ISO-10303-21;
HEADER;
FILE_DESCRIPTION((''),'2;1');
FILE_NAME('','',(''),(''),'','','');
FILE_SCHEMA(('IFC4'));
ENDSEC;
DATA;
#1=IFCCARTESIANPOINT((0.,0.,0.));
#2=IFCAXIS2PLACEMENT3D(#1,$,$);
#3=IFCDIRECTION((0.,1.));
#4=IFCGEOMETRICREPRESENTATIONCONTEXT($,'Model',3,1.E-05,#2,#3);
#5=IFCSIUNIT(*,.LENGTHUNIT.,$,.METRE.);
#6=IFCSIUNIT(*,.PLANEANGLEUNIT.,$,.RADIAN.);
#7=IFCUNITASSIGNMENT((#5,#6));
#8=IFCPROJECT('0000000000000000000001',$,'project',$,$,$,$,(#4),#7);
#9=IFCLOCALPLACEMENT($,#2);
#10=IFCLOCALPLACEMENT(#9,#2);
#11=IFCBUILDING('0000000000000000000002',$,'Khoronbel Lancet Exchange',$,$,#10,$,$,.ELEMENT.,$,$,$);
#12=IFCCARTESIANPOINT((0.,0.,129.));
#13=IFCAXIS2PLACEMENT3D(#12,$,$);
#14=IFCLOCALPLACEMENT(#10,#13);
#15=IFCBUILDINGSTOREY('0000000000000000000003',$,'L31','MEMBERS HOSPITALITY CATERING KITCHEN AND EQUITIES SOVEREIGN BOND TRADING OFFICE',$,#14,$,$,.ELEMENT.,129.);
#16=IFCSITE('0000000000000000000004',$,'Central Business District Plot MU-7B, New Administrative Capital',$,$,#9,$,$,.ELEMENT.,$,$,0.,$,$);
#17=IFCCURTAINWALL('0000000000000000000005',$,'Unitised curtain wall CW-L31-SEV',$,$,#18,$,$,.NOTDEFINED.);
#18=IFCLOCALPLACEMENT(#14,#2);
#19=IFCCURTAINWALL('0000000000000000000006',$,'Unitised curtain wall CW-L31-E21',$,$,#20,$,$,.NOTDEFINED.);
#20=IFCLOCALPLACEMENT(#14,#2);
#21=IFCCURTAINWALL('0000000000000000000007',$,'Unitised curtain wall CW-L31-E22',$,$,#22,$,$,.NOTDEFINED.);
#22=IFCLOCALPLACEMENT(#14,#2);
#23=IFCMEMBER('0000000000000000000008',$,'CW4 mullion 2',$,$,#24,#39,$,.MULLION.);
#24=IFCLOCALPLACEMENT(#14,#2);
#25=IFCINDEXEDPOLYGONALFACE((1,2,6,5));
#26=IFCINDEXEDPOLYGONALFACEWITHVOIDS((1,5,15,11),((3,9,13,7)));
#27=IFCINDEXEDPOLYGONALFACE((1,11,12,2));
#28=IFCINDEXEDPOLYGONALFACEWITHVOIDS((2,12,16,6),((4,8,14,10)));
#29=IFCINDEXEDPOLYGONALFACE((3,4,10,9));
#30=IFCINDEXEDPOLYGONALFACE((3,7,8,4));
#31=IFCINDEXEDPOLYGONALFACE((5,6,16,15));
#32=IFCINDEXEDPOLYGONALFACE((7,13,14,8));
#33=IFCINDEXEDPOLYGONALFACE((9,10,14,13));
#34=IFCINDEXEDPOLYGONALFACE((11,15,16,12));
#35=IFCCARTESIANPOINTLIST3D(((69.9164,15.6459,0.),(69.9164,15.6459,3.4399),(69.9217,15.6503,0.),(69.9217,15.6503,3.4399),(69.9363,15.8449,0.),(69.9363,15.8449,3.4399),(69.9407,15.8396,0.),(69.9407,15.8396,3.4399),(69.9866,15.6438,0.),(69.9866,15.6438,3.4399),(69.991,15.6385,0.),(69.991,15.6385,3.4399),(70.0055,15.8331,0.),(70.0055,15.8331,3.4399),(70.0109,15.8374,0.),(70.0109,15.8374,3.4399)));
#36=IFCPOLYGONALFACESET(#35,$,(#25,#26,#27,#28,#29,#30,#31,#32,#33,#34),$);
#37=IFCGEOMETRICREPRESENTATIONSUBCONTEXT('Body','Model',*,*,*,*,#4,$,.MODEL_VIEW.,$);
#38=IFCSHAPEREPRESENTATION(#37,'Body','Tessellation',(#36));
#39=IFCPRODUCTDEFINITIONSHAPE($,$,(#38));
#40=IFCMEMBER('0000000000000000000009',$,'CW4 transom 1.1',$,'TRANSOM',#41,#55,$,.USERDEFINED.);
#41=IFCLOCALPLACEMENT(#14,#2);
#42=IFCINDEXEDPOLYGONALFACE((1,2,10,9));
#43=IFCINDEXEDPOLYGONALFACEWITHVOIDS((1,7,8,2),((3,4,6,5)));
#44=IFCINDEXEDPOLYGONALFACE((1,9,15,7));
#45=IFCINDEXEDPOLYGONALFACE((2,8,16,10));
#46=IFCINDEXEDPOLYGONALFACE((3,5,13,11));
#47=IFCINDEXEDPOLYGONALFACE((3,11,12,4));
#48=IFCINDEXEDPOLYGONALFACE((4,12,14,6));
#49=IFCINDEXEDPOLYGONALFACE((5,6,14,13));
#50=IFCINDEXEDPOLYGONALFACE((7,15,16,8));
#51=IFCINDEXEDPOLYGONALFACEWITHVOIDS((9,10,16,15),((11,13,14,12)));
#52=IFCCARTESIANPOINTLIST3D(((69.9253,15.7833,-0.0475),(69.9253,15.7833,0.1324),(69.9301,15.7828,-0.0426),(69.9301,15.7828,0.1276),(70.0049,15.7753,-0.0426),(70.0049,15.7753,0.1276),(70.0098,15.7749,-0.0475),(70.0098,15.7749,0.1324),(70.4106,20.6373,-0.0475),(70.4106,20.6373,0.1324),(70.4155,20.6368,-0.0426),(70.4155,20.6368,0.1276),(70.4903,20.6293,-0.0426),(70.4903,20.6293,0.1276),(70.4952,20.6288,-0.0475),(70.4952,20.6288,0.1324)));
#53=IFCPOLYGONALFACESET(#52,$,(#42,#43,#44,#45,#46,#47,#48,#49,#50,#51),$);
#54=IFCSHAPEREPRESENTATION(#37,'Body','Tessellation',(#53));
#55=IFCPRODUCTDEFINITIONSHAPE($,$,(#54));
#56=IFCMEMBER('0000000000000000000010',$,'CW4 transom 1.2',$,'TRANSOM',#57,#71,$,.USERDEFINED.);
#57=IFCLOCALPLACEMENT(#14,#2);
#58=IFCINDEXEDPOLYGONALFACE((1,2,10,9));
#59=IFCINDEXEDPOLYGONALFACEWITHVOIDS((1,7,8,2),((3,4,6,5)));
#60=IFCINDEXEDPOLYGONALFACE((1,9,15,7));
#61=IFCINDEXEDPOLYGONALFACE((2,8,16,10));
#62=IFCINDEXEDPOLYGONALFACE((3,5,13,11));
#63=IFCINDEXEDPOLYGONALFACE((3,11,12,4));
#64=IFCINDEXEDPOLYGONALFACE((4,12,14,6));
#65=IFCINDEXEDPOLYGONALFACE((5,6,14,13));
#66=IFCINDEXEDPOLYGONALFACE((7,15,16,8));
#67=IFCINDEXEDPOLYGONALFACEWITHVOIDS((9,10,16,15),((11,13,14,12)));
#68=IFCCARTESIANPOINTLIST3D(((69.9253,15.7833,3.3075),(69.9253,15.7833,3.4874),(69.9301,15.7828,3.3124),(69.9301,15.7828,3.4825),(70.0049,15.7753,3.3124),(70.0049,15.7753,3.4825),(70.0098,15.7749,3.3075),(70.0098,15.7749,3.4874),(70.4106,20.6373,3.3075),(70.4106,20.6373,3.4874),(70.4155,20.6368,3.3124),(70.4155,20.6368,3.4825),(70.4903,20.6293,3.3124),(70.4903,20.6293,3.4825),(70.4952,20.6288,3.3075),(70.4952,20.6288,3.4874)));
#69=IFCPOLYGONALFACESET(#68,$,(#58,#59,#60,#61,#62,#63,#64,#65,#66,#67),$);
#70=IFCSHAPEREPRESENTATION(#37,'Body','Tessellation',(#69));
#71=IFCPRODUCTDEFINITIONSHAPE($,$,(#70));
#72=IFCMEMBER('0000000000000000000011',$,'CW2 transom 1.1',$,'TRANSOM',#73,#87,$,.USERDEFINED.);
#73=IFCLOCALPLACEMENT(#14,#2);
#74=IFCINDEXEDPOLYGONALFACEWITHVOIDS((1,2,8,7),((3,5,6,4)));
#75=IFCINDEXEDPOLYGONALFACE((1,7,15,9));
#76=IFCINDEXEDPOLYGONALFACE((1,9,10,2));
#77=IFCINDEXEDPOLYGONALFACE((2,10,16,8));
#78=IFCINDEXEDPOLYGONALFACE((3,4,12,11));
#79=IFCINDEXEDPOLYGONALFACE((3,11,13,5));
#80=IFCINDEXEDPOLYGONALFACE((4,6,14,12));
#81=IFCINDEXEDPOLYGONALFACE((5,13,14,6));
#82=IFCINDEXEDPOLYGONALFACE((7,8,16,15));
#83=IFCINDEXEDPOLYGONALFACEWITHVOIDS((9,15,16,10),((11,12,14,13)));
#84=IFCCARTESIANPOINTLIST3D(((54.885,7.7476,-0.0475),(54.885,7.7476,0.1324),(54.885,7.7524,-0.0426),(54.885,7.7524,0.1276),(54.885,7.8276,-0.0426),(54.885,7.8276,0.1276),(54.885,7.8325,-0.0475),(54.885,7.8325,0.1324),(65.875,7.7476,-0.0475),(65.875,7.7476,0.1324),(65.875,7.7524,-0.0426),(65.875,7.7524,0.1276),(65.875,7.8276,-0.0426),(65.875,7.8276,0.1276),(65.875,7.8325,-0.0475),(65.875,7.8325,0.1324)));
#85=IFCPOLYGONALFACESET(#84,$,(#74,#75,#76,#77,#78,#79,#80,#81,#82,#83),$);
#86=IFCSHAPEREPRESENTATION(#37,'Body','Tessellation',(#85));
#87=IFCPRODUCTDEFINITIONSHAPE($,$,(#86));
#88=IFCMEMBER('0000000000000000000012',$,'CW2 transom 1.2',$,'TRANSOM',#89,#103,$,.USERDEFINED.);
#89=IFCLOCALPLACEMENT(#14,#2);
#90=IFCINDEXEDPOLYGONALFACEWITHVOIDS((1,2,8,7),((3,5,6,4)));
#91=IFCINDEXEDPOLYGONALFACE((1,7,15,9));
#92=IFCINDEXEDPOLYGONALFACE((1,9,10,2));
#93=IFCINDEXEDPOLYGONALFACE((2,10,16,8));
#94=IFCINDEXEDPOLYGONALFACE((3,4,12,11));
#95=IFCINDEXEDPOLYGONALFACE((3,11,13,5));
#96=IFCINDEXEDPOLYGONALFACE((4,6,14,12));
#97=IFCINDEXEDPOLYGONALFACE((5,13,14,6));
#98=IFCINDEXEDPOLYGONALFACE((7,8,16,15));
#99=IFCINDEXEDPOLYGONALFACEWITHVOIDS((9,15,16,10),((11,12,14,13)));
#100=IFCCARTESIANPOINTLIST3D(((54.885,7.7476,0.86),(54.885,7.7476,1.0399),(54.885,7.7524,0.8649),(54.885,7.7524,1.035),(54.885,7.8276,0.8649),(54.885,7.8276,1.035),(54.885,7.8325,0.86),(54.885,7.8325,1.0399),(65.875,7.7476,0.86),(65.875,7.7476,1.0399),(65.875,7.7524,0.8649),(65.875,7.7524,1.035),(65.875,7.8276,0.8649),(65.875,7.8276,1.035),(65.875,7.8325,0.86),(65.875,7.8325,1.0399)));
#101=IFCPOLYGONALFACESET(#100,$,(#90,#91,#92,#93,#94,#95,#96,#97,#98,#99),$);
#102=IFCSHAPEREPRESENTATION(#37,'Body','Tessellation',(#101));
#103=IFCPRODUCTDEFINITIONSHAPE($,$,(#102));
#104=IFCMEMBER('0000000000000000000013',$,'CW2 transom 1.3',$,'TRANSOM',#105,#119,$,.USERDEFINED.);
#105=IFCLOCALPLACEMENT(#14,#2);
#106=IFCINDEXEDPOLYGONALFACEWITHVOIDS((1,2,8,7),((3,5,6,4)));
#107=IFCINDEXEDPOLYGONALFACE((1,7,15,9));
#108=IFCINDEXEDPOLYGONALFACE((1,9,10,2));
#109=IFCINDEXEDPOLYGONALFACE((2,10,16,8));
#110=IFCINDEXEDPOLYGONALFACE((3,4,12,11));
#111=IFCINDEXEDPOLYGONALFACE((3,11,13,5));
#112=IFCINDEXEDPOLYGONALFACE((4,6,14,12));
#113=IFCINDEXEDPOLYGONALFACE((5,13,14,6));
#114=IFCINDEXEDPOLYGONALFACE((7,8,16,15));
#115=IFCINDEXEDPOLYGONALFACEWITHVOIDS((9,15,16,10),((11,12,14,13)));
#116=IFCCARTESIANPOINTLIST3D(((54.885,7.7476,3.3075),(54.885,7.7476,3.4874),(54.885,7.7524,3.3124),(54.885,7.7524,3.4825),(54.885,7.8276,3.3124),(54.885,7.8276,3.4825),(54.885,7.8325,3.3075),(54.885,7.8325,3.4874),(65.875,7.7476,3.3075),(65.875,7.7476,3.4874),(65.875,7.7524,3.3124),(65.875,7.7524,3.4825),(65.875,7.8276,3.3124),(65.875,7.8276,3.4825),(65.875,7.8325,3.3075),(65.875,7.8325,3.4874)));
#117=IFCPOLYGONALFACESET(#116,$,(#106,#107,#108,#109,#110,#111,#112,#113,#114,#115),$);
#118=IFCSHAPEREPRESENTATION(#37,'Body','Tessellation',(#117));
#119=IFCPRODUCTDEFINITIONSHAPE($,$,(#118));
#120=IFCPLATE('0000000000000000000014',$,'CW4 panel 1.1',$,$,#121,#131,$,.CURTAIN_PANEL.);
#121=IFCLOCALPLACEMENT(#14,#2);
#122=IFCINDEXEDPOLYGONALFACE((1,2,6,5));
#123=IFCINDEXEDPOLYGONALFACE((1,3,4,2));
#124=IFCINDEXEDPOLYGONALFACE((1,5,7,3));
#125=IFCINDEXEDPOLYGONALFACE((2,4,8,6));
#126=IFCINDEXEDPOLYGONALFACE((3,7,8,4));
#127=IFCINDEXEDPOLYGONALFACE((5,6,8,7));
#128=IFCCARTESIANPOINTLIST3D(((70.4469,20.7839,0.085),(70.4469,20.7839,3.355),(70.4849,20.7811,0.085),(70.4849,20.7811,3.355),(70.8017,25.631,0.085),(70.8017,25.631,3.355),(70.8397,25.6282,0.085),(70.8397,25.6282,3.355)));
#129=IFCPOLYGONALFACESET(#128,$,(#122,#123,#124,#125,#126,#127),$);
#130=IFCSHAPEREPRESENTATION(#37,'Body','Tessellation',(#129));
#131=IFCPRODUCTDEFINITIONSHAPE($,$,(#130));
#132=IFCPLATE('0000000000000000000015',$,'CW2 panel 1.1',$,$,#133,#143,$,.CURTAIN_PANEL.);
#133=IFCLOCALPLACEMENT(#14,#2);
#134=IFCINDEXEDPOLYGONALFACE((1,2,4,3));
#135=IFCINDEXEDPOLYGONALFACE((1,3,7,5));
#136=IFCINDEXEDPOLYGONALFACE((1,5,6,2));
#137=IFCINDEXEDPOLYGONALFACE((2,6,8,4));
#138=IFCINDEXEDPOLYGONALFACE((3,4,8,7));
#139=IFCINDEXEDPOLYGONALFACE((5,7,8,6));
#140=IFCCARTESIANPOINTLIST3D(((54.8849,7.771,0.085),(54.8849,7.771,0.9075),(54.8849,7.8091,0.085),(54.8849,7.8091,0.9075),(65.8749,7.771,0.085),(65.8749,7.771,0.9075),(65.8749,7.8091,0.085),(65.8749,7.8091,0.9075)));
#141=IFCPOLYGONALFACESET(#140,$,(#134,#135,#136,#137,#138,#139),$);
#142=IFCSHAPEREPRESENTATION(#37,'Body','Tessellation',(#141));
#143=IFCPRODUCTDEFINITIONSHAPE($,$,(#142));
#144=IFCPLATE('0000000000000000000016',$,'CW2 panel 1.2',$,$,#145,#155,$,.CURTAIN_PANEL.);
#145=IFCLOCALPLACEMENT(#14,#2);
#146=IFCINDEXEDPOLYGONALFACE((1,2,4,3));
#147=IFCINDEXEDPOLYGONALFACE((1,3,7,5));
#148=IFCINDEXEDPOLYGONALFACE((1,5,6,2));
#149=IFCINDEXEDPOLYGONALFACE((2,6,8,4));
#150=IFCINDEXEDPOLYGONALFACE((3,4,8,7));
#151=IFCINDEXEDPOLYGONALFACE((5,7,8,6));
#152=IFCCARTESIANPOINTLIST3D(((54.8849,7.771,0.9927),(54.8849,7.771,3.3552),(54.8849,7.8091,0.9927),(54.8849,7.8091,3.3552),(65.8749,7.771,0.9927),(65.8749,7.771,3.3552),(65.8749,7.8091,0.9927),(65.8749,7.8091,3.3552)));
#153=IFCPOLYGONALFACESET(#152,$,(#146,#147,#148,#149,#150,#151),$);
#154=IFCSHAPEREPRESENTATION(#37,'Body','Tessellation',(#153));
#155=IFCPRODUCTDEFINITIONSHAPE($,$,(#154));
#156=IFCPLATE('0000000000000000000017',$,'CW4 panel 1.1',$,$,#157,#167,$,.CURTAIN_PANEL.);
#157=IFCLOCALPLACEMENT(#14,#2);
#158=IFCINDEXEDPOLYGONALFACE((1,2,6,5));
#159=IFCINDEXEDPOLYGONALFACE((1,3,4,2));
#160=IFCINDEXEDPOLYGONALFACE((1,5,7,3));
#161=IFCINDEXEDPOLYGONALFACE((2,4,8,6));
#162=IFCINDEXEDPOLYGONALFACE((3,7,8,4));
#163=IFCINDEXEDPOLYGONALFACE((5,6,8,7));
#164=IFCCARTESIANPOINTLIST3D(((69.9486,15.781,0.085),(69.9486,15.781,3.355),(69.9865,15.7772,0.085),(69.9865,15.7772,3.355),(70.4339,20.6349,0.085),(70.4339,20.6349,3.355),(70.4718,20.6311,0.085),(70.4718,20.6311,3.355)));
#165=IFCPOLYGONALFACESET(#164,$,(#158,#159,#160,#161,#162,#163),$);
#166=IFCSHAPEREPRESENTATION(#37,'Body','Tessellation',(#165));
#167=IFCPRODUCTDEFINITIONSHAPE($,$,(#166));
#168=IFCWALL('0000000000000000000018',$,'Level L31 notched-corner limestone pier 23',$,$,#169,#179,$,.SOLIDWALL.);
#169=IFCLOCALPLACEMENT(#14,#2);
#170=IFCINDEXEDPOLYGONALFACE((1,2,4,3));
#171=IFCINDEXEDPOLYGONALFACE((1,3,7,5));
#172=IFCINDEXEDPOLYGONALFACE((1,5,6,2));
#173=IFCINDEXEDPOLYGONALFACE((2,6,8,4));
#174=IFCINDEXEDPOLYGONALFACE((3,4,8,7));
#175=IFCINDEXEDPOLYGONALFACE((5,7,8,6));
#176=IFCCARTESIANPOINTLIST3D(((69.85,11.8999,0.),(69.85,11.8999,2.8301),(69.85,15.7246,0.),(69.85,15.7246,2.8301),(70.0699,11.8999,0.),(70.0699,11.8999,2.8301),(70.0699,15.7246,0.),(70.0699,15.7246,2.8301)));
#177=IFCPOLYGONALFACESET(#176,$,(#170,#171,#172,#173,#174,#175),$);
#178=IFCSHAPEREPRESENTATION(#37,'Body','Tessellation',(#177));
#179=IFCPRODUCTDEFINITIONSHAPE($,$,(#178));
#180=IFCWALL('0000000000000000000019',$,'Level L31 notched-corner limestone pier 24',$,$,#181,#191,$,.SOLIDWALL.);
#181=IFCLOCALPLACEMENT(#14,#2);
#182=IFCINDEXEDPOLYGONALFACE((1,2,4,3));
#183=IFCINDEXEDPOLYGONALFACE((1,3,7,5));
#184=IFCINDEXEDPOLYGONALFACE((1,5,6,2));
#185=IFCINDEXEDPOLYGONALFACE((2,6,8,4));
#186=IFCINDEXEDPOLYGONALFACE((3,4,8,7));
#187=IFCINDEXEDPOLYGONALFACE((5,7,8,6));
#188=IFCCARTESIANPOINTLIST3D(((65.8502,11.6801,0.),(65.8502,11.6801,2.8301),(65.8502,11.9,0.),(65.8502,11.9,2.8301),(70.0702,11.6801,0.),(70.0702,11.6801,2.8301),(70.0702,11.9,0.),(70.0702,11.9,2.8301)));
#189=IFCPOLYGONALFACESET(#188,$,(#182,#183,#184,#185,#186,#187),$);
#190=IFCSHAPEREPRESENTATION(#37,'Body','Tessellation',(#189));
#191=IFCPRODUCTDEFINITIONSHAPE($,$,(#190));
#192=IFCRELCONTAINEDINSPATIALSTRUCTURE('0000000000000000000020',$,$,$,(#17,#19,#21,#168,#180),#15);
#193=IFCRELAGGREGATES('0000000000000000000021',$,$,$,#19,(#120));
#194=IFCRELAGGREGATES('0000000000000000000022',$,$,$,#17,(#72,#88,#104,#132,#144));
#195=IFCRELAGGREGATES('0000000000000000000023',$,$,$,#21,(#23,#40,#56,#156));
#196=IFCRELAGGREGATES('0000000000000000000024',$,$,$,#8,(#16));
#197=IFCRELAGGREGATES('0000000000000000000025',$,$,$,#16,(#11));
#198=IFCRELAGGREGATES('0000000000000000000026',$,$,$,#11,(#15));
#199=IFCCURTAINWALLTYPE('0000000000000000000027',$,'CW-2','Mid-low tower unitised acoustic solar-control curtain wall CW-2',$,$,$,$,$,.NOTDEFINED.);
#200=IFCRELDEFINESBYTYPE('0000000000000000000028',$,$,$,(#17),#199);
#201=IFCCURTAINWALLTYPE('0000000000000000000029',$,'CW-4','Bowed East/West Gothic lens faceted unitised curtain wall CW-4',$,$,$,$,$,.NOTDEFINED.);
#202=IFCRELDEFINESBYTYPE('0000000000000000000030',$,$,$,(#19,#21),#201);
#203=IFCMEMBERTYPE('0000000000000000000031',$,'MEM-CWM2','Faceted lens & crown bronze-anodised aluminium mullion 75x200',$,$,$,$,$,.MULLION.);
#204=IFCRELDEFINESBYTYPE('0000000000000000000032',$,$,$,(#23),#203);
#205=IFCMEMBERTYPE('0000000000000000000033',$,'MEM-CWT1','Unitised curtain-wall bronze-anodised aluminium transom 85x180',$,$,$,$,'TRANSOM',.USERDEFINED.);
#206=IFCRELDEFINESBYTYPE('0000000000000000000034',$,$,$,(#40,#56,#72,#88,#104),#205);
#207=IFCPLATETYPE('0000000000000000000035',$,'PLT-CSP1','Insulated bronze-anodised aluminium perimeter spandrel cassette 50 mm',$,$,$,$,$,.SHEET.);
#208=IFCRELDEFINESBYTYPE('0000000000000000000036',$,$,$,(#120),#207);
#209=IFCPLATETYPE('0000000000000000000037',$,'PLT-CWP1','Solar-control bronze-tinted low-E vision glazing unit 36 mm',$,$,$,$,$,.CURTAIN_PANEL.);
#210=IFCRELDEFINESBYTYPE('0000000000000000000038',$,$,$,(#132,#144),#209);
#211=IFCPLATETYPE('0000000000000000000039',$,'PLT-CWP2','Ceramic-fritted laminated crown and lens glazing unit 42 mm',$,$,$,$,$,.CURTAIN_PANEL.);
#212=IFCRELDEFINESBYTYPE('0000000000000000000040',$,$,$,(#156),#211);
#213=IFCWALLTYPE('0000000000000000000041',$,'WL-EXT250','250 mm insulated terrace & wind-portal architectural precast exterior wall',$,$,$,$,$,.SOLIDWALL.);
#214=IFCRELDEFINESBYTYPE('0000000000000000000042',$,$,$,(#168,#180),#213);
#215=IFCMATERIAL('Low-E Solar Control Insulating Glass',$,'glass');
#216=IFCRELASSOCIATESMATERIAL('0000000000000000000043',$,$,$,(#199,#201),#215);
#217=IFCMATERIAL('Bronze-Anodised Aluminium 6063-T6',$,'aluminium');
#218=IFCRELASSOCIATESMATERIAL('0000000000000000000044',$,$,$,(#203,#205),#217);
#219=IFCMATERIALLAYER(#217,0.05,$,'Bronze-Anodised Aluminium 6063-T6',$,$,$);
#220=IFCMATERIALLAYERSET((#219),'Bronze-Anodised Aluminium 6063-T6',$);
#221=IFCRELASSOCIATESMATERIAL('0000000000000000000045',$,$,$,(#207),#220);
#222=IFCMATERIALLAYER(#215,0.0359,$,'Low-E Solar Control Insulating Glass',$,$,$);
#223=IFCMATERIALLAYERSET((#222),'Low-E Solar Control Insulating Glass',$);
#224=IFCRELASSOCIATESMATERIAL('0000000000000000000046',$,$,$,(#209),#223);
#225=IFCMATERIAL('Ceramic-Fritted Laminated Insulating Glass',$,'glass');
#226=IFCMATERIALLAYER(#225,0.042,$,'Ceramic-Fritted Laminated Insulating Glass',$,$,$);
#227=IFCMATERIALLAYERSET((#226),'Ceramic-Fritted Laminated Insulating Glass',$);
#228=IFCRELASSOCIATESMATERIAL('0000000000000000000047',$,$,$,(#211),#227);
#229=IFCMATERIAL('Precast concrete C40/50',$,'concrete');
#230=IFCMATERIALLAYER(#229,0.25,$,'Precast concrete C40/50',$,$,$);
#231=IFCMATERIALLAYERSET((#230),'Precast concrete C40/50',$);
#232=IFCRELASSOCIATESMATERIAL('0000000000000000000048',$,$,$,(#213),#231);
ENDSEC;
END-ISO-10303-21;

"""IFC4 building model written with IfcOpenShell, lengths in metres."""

from ifc_helpers import new_model, si_unit, direction, frame, frame_2d, origin, origin_2d, place, context, subcontext, project, spatial, rectangle, hollow_rectangle, extrude, material, layer, layer_set, material_profile, profile_set, type_object, element, aggregate, save


model = new_model("IFC4")

# Units and contexts
model_context = context("Model", 3, precision=1e-05, world=origin(), true_north=direction((0.0, 1.0)))
body_context = subcontext(model_context, "Body", "Model", "MODEL_VIEW")
ifc_project = project(units=[si_unit("LENGTHUNIT", "METRE"), si_unit("PLANEANGLEUNIT", "RADIAN")], contexts=[model_context])

# Site, building, storey
site_placement = place(None, origin())
site = spatial("IfcSite", under=ifc_project, at=site_placement, Name="Central Business District Plot MU-7B, New Administrative Capital", CompositionType="ELEMENT", RefElevation=0.0)
building_placement = place(site_placement, origin())
building = spatial("IfcBuilding", under=site, at=building_placement, Name="Khoronbel Lancet Exchange", CompositionType="ELEMENT")
storey_placement = place(building_placement, frame((0.0, 0.0, 129.0)))
storey = spatial("IfcBuildingStorey", under=building, at=storey_placement, Name="L31", Description="MEMBERS HOSPITALITY CATERING KITCHEN AND EQUITIES SOVEREIGN BOND TRADING OFFICE", CompositionType="ELEMENT", Elevation=129.0)

# Shared definitions
ifc_material_1 = material(Name="Low-E Solar Control Insulating Glass", Category="glass")
curtain_wall_type_1 = type_object("IfcCurtainWallType", Name="CW-2", Description="Mid-low tower unitised acoustic solar-control curtain wall CW-2", PredefinedType="NOTDEFINED", material=ifc_material_1)
ifc_material_2 = material(Name="Bronze-Anodised Aluminium 6063-T6", Category="aluminium")

# Curtain wall
curtain_wall_1_placement = place(storey_placement, origin())
curtain_wall_1 = element("IfcCurtainWall", 1, at=curtain_wall_1_placement, inside=storey, type_object=curtain_wall_type_1, Name="Unitised curtain wall CW-L31-SEV", PredefinedType="NOTDEFINED")

# Curtain wall
curtain_wall_type_2 = type_object("IfcCurtainWallType", Name="CW-4", Description="Bowed East/West Gothic lens faceted unitised curtain wall CW-4", PredefinedType="NOTDEFINED", material=ifc_material_1)
curtain_wall_2_placement = place(storey_placement, origin())
curtain_wall_2 = element("IfcCurtainWall", 2, at=curtain_wall_2_placement, inside=storey, type_object=curtain_wall_type_2, Name="Unitised curtain wall CW-L31-E21", PredefinedType="NOTDEFINED")
ifc_material_profile_1 = material_profile(ifc_material_2, hollow_rectangle(XDim=0.075, YDim=0.2, WallThickness=0.0049, at=origin_2d()), Name="ALU MULLION 75x200")
ifc_profile_set_1 = profile_set([ifc_material_profile_1], Name="Bronze-Anodised Aluminium 6063-T6")
member_type_1 = type_object("IfcMemberType", Name="MEM-CWM2", Description="Faceted lens & crown bronze-anodised aluminium mullion 75x200", PredefinedType="MULLION", material=ifc_profile_set_1)

# Curtain wall, members
curtain_wall_3_placement = place(storey_placement, origin())
curtain_wall_3 = element("IfcCurtainWall", 3, at=curtain_wall_3_placement, inside=storey, type_object=curtain_wall_type_2, Name="Unitised curtain wall CW-L31-E22", PredefinedType="NOTDEFINED")
member_1_placement = place(storey_placement, frame((69.9636, 15.7417, 0.0), z_axis=(0.0, 0.0, 1.0), x_axis=(0.995038, -0.099498, 0.0)))
member_1 = element("IfcMember", 4, at=member_1_placement, type_object=member_type_1, Name="CW4 mullion 2", PredefinedType="MULLION", context=body_context, shape_type="SweptSolid", body=[
    extrude(hollow_rectangle(XDim=0.075, YDim=0.2, WallThickness=0.0049, at=origin_2d()), origin(), (0.0, 0.0, 1.0), 3.4399),
])
ifc_material_profile_2 = material_profile(ifc_material_2, hollow_rectangle(XDim=0.085, YDim=0.1799, WallThickness=0.0049, at=origin_2d()), Name="ALU TRANSOM 85x180")
ifc_profile_set_2 = profile_set([ifc_material_profile_2], Name="Bronze-Anodised Aluminium 6063-T6")
member_type_2 = type_object("IfcMemberType", Name="MEM-CWT1", Description="Unitised curtain-wall bronze-anodised aluminium transom 85x180", ElementType="TRANSOM", PredefinedType="USERDEFINED", material=ifc_profile_set_2)
member_2_placement = place(storey_placement, frame((70.4529, 20.6331, 0.0425), z_axis=(-0.099494, -0.995038, 0.0), x_axis=(0.995038, -0.099494, 0.0)))
member_2 = element("IfcMember", 5, at=member_2_placement, type_object=member_type_2, Name="CW4 transom 1.1", ObjectType="TRANSOM", PredefinedType="USERDEFINED", context=body_context, shape_type="SweptSolid", body=[
    extrude(hollow_rectangle(XDim=0.085, YDim=0.1799, WallThickness=0.0049, at=origin_2d()), origin(), (0.0, 0.0, 1.0), 4.8782),
])
member_3_placement = place(storey_placement, frame((70.4529, 20.6331, 3.3975), z_axis=(-0.099494, -0.995038, 0.0), x_axis=(0.995038, -0.099494, 0.0)))
member_3 = element("IfcMember", 6, at=member_3_placement, type_object=member_type_2, Name="CW4 transom 1.2", ObjectType="TRANSOM", PredefinedType="USERDEFINED", context=body_context, shape_type="SweptSolid", body=[
    extrude(hollow_rectangle(XDim=0.085, YDim=0.1799, WallThickness=0.0049, at=origin_2d()), origin(), (0.0, 0.0, 1.0), 4.8782),
])

# Members
member_4_placement = place(storey_placement, frame((54.885, 7.79, 0.0425), z_axis=(1.0, 0.0, 0.0), x_axis=(0.0, 1.0, 0.0)))
member_4 = element("IfcMember", 7, at=member_4_placement, type_object=member_type_2, Name="CW2 transom 1.1", ObjectType="TRANSOM", PredefinedType="USERDEFINED", context=body_context, shape_type="SweptSolid", body=[
    extrude(hollow_rectangle(XDim=0.085, YDim=0.1799, WallThickness=0.0049, at=origin_2d()), origin(), (0.0, 0.0, 1.0), 10.99),
])
member_5_placement = place(storey_placement, frame((54.885, 7.79, 0.95), z_axis=(1.0, 0.0, 0.0), x_axis=(0.0, 1.0, 0.0)))
member_5 = element("IfcMember", 8, at=member_5_placement, type_object=member_type_2, Name="CW2 transom 1.2", ObjectType="TRANSOM", PredefinedType="USERDEFINED", context=body_context, shape_type="SweptSolid", body=[
    extrude(hollow_rectangle(XDim=0.085, YDim=0.1799, WallThickness=0.0049, at=origin_2d()), origin(), (0.0, 0.0, 1.0), 10.99),
])
member_6_placement = place(storey_placement, frame((54.885, 7.79, 3.3975), z_axis=(1.0, 0.0, 0.0), x_axis=(0.0, 1.0, 0.0)))
member_6 = element("IfcMember", 9, at=member_6_placement, type_object=member_type_2, Name="CW2 transom 1.3", ObjectType="TRANSOM", PredefinedType="USERDEFINED", context=body_context, shape_type="SweptSolid", body=[
    extrude(hollow_rectangle(XDim=0.085, YDim=0.1799, WallThickness=0.0049, at=origin_2d()), origin(), (0.0, 0.0, 1.0), 10.99),
])

# Plates
ifc_layer_1 = layer(ifc_material_2, 0.05, Name="Bronze-Anodised Aluminium 6063-T6")
ifc_layer_set_1 = layer_set([ifc_layer_1], Name="Bronze-Anodised Aluminium 6063-T6")
plate_type_1 = type_object("IfcPlateType", Name="PLT-CSP1", Description="Insulated bronze-anodised aluminium perimeter spandrel cassette 50 mm", PredefinedType="SHEET", material=ifc_layer_set_1)
plate_1_placement = place(storey_placement, frame((70.6433, 23.2061, 0.085), z_axis=(0.0, 0.0, 1.0), x_axis=(-0.073013, -0.997331, 0.0)))
plate_1 = element("IfcPlate", 10, at=plate_1_placement, type_object=plate_type_1, Name="CW4 panel 1.1", PredefinedType="CURTAIN_PANEL", context=body_context, shape_type="SweptSolid", body=[
    extrude(rectangle(XDim=4.8601, YDim=0.0381, at=origin_2d()), origin(), (0.0, 0.0, 1.0), 3.27),
])
aggregate(curtain_wall_2, [plate_1])
ifc_layer_2 = layer(ifc_material_1, 0.0359, Name="Low-E Solar Control Insulating Glass")
ifc_layer_set_2 = layer_set([ifc_layer_2], Name="Low-E Solar Control Insulating Glass")
plate_type_2 = type_object("IfcPlateType", Name="PLT-CWP1", Description="Solar-control bronze-tinted low-E vision glazing unit 36 mm", PredefinedType="CURTAIN_PANEL", material=ifc_layer_set_2)
plate_2_placement = place(storey_placement, frame((60.3799, 7.79, 0.085), z_axis=(0.0, 0.0, 1.0), x_axis=(1.0, 0.0, 0.0)))
plate_2 = element("IfcPlate", 11, at=plate_2_placement, type_object=plate_type_2, Name="CW2 panel 1.1", PredefinedType="CURTAIN_PANEL", context=body_context, shape_type="SweptSolid", body=[
    extrude(rectangle(XDim=10.99, YDim=0.0381, at=origin_2d()), origin(), (0.0, 0.0, 1.0), 0.8225),
])
plate_3_placement = place(storey_placement, frame((60.3799, 7.79, 0.9927), z_axis=(0.0, 0.0, 1.0), x_axis=(1.0, 0.0, 0.0)))
plate_3 = element("IfcPlate", 12, at=plate_3_placement, type_object=plate_type_2, Name="CW2 panel 1.2", PredefinedType="CURTAIN_PANEL", context=body_context, shape_type="SweptSolid", body=[
    extrude(rectangle(XDim=10.99, YDim=0.0381, at=origin_2d()), origin(), (0.0, 0.0, 1.0), 2.3625),
])
aggregate(curtain_wall_1, [member_4, member_5, member_6, plate_2, plate_3])
ifc_material_3 = material(Name="Ceramic-Fritted Laminated Insulating Glass", Category="glass")
ifc_layer_3 = layer(ifc_material_3, 0.042, Name="Ceramic-Fritted Laminated Insulating Glass")
ifc_layer_set_3 = layer_set([ifc_layer_3], Name="Ceramic-Fritted Laminated Insulating Glass")
plate_type_3 = type_object("IfcPlateType", Name="PLT-CWP2", Description="Ceramic-fritted laminated crown and lens glazing unit 42 mm", PredefinedType="CURTAIN_PANEL", material=ifc_layer_set_3)
plate_4_placement = place(storey_placement, frame((70.2102, 18.2061, 0.085), z_axis=(0.0, 0.0, 1.0), x_axis=(-0.099498, -0.995038, 0.0)))
plate_4 = element("IfcPlate", 13, at=plate_4_placement, type_object=plate_type_3, Name="CW4 panel 1.1", PredefinedType="CURTAIN_PANEL", context=body_context, shape_type="SweptSolid", body=[
    extrude(rectangle(XDim=4.8782, YDim=0.0381, at=origin_2d()), origin(), (0.0, 0.0, 1.0), 3.27),
])
aggregate(curtain_wall_3, [member_1, member_2, member_3, plate_4])

# Walls
ifc_material_4 = material(Name="Precast concrete C40/50", Category="concrete")
ifc_layer_4 = layer(ifc_material_4, 0.25, Name="Precast concrete C40/50")
ifc_layer_set_4 = layer_set([ifc_layer_4], Name="Precast concrete C40/50")
wall_type_1 = type_object("IfcWallType", Name="WL-EXT250", Description="250 mm insulated terrace & wind-portal architectural precast exterior wall", PredefinedType="SOLIDWALL", material=ifc_layer_set_4)
wall_1_placement = place(storey_placement, frame((69.96, 15.7246, 0.0), z_axis=(0.0, 0.0, 1.0), x_axis=(0.0, -1.0, 0.0)))
element("IfcWall", 14, at=wall_1_placement, inside=storey, type_object=wall_type_1, Name="Level L31 notched-corner limestone pier 23", PredefinedType="SOLIDWALL", context=body_context, shape_type="SweptSolid", body=[
    extrude(rectangle(XDim=3.8247, YDim=0.22, at=frame_2d((1.9124, 0.0))), origin(), (0.0, 0.0, 1.0), 2.8301),
])
wall_2_placement = place(storey_placement, frame((70.0701, 11.79, 0.0), z_axis=(0.0, 0.0, 1.0), x_axis=(-1.0, 0.0, 0.0)))
element("IfcWall", 15, at=wall_2_placement, inside=storey, type_object=wall_type_1, Name="Level L31 notched-corner limestone pier 24", PredefinedType="SOLIDWALL", context=body_context, shape_type="SweptSolid", body=[
    extrude(rectangle(XDim=4.22, YDim=0.22, at=frame_2d((2.1099, 0.0))), origin(), (0.0, 0.0, 1.0), 2.8301),
])

save(model, "model.ifc")
